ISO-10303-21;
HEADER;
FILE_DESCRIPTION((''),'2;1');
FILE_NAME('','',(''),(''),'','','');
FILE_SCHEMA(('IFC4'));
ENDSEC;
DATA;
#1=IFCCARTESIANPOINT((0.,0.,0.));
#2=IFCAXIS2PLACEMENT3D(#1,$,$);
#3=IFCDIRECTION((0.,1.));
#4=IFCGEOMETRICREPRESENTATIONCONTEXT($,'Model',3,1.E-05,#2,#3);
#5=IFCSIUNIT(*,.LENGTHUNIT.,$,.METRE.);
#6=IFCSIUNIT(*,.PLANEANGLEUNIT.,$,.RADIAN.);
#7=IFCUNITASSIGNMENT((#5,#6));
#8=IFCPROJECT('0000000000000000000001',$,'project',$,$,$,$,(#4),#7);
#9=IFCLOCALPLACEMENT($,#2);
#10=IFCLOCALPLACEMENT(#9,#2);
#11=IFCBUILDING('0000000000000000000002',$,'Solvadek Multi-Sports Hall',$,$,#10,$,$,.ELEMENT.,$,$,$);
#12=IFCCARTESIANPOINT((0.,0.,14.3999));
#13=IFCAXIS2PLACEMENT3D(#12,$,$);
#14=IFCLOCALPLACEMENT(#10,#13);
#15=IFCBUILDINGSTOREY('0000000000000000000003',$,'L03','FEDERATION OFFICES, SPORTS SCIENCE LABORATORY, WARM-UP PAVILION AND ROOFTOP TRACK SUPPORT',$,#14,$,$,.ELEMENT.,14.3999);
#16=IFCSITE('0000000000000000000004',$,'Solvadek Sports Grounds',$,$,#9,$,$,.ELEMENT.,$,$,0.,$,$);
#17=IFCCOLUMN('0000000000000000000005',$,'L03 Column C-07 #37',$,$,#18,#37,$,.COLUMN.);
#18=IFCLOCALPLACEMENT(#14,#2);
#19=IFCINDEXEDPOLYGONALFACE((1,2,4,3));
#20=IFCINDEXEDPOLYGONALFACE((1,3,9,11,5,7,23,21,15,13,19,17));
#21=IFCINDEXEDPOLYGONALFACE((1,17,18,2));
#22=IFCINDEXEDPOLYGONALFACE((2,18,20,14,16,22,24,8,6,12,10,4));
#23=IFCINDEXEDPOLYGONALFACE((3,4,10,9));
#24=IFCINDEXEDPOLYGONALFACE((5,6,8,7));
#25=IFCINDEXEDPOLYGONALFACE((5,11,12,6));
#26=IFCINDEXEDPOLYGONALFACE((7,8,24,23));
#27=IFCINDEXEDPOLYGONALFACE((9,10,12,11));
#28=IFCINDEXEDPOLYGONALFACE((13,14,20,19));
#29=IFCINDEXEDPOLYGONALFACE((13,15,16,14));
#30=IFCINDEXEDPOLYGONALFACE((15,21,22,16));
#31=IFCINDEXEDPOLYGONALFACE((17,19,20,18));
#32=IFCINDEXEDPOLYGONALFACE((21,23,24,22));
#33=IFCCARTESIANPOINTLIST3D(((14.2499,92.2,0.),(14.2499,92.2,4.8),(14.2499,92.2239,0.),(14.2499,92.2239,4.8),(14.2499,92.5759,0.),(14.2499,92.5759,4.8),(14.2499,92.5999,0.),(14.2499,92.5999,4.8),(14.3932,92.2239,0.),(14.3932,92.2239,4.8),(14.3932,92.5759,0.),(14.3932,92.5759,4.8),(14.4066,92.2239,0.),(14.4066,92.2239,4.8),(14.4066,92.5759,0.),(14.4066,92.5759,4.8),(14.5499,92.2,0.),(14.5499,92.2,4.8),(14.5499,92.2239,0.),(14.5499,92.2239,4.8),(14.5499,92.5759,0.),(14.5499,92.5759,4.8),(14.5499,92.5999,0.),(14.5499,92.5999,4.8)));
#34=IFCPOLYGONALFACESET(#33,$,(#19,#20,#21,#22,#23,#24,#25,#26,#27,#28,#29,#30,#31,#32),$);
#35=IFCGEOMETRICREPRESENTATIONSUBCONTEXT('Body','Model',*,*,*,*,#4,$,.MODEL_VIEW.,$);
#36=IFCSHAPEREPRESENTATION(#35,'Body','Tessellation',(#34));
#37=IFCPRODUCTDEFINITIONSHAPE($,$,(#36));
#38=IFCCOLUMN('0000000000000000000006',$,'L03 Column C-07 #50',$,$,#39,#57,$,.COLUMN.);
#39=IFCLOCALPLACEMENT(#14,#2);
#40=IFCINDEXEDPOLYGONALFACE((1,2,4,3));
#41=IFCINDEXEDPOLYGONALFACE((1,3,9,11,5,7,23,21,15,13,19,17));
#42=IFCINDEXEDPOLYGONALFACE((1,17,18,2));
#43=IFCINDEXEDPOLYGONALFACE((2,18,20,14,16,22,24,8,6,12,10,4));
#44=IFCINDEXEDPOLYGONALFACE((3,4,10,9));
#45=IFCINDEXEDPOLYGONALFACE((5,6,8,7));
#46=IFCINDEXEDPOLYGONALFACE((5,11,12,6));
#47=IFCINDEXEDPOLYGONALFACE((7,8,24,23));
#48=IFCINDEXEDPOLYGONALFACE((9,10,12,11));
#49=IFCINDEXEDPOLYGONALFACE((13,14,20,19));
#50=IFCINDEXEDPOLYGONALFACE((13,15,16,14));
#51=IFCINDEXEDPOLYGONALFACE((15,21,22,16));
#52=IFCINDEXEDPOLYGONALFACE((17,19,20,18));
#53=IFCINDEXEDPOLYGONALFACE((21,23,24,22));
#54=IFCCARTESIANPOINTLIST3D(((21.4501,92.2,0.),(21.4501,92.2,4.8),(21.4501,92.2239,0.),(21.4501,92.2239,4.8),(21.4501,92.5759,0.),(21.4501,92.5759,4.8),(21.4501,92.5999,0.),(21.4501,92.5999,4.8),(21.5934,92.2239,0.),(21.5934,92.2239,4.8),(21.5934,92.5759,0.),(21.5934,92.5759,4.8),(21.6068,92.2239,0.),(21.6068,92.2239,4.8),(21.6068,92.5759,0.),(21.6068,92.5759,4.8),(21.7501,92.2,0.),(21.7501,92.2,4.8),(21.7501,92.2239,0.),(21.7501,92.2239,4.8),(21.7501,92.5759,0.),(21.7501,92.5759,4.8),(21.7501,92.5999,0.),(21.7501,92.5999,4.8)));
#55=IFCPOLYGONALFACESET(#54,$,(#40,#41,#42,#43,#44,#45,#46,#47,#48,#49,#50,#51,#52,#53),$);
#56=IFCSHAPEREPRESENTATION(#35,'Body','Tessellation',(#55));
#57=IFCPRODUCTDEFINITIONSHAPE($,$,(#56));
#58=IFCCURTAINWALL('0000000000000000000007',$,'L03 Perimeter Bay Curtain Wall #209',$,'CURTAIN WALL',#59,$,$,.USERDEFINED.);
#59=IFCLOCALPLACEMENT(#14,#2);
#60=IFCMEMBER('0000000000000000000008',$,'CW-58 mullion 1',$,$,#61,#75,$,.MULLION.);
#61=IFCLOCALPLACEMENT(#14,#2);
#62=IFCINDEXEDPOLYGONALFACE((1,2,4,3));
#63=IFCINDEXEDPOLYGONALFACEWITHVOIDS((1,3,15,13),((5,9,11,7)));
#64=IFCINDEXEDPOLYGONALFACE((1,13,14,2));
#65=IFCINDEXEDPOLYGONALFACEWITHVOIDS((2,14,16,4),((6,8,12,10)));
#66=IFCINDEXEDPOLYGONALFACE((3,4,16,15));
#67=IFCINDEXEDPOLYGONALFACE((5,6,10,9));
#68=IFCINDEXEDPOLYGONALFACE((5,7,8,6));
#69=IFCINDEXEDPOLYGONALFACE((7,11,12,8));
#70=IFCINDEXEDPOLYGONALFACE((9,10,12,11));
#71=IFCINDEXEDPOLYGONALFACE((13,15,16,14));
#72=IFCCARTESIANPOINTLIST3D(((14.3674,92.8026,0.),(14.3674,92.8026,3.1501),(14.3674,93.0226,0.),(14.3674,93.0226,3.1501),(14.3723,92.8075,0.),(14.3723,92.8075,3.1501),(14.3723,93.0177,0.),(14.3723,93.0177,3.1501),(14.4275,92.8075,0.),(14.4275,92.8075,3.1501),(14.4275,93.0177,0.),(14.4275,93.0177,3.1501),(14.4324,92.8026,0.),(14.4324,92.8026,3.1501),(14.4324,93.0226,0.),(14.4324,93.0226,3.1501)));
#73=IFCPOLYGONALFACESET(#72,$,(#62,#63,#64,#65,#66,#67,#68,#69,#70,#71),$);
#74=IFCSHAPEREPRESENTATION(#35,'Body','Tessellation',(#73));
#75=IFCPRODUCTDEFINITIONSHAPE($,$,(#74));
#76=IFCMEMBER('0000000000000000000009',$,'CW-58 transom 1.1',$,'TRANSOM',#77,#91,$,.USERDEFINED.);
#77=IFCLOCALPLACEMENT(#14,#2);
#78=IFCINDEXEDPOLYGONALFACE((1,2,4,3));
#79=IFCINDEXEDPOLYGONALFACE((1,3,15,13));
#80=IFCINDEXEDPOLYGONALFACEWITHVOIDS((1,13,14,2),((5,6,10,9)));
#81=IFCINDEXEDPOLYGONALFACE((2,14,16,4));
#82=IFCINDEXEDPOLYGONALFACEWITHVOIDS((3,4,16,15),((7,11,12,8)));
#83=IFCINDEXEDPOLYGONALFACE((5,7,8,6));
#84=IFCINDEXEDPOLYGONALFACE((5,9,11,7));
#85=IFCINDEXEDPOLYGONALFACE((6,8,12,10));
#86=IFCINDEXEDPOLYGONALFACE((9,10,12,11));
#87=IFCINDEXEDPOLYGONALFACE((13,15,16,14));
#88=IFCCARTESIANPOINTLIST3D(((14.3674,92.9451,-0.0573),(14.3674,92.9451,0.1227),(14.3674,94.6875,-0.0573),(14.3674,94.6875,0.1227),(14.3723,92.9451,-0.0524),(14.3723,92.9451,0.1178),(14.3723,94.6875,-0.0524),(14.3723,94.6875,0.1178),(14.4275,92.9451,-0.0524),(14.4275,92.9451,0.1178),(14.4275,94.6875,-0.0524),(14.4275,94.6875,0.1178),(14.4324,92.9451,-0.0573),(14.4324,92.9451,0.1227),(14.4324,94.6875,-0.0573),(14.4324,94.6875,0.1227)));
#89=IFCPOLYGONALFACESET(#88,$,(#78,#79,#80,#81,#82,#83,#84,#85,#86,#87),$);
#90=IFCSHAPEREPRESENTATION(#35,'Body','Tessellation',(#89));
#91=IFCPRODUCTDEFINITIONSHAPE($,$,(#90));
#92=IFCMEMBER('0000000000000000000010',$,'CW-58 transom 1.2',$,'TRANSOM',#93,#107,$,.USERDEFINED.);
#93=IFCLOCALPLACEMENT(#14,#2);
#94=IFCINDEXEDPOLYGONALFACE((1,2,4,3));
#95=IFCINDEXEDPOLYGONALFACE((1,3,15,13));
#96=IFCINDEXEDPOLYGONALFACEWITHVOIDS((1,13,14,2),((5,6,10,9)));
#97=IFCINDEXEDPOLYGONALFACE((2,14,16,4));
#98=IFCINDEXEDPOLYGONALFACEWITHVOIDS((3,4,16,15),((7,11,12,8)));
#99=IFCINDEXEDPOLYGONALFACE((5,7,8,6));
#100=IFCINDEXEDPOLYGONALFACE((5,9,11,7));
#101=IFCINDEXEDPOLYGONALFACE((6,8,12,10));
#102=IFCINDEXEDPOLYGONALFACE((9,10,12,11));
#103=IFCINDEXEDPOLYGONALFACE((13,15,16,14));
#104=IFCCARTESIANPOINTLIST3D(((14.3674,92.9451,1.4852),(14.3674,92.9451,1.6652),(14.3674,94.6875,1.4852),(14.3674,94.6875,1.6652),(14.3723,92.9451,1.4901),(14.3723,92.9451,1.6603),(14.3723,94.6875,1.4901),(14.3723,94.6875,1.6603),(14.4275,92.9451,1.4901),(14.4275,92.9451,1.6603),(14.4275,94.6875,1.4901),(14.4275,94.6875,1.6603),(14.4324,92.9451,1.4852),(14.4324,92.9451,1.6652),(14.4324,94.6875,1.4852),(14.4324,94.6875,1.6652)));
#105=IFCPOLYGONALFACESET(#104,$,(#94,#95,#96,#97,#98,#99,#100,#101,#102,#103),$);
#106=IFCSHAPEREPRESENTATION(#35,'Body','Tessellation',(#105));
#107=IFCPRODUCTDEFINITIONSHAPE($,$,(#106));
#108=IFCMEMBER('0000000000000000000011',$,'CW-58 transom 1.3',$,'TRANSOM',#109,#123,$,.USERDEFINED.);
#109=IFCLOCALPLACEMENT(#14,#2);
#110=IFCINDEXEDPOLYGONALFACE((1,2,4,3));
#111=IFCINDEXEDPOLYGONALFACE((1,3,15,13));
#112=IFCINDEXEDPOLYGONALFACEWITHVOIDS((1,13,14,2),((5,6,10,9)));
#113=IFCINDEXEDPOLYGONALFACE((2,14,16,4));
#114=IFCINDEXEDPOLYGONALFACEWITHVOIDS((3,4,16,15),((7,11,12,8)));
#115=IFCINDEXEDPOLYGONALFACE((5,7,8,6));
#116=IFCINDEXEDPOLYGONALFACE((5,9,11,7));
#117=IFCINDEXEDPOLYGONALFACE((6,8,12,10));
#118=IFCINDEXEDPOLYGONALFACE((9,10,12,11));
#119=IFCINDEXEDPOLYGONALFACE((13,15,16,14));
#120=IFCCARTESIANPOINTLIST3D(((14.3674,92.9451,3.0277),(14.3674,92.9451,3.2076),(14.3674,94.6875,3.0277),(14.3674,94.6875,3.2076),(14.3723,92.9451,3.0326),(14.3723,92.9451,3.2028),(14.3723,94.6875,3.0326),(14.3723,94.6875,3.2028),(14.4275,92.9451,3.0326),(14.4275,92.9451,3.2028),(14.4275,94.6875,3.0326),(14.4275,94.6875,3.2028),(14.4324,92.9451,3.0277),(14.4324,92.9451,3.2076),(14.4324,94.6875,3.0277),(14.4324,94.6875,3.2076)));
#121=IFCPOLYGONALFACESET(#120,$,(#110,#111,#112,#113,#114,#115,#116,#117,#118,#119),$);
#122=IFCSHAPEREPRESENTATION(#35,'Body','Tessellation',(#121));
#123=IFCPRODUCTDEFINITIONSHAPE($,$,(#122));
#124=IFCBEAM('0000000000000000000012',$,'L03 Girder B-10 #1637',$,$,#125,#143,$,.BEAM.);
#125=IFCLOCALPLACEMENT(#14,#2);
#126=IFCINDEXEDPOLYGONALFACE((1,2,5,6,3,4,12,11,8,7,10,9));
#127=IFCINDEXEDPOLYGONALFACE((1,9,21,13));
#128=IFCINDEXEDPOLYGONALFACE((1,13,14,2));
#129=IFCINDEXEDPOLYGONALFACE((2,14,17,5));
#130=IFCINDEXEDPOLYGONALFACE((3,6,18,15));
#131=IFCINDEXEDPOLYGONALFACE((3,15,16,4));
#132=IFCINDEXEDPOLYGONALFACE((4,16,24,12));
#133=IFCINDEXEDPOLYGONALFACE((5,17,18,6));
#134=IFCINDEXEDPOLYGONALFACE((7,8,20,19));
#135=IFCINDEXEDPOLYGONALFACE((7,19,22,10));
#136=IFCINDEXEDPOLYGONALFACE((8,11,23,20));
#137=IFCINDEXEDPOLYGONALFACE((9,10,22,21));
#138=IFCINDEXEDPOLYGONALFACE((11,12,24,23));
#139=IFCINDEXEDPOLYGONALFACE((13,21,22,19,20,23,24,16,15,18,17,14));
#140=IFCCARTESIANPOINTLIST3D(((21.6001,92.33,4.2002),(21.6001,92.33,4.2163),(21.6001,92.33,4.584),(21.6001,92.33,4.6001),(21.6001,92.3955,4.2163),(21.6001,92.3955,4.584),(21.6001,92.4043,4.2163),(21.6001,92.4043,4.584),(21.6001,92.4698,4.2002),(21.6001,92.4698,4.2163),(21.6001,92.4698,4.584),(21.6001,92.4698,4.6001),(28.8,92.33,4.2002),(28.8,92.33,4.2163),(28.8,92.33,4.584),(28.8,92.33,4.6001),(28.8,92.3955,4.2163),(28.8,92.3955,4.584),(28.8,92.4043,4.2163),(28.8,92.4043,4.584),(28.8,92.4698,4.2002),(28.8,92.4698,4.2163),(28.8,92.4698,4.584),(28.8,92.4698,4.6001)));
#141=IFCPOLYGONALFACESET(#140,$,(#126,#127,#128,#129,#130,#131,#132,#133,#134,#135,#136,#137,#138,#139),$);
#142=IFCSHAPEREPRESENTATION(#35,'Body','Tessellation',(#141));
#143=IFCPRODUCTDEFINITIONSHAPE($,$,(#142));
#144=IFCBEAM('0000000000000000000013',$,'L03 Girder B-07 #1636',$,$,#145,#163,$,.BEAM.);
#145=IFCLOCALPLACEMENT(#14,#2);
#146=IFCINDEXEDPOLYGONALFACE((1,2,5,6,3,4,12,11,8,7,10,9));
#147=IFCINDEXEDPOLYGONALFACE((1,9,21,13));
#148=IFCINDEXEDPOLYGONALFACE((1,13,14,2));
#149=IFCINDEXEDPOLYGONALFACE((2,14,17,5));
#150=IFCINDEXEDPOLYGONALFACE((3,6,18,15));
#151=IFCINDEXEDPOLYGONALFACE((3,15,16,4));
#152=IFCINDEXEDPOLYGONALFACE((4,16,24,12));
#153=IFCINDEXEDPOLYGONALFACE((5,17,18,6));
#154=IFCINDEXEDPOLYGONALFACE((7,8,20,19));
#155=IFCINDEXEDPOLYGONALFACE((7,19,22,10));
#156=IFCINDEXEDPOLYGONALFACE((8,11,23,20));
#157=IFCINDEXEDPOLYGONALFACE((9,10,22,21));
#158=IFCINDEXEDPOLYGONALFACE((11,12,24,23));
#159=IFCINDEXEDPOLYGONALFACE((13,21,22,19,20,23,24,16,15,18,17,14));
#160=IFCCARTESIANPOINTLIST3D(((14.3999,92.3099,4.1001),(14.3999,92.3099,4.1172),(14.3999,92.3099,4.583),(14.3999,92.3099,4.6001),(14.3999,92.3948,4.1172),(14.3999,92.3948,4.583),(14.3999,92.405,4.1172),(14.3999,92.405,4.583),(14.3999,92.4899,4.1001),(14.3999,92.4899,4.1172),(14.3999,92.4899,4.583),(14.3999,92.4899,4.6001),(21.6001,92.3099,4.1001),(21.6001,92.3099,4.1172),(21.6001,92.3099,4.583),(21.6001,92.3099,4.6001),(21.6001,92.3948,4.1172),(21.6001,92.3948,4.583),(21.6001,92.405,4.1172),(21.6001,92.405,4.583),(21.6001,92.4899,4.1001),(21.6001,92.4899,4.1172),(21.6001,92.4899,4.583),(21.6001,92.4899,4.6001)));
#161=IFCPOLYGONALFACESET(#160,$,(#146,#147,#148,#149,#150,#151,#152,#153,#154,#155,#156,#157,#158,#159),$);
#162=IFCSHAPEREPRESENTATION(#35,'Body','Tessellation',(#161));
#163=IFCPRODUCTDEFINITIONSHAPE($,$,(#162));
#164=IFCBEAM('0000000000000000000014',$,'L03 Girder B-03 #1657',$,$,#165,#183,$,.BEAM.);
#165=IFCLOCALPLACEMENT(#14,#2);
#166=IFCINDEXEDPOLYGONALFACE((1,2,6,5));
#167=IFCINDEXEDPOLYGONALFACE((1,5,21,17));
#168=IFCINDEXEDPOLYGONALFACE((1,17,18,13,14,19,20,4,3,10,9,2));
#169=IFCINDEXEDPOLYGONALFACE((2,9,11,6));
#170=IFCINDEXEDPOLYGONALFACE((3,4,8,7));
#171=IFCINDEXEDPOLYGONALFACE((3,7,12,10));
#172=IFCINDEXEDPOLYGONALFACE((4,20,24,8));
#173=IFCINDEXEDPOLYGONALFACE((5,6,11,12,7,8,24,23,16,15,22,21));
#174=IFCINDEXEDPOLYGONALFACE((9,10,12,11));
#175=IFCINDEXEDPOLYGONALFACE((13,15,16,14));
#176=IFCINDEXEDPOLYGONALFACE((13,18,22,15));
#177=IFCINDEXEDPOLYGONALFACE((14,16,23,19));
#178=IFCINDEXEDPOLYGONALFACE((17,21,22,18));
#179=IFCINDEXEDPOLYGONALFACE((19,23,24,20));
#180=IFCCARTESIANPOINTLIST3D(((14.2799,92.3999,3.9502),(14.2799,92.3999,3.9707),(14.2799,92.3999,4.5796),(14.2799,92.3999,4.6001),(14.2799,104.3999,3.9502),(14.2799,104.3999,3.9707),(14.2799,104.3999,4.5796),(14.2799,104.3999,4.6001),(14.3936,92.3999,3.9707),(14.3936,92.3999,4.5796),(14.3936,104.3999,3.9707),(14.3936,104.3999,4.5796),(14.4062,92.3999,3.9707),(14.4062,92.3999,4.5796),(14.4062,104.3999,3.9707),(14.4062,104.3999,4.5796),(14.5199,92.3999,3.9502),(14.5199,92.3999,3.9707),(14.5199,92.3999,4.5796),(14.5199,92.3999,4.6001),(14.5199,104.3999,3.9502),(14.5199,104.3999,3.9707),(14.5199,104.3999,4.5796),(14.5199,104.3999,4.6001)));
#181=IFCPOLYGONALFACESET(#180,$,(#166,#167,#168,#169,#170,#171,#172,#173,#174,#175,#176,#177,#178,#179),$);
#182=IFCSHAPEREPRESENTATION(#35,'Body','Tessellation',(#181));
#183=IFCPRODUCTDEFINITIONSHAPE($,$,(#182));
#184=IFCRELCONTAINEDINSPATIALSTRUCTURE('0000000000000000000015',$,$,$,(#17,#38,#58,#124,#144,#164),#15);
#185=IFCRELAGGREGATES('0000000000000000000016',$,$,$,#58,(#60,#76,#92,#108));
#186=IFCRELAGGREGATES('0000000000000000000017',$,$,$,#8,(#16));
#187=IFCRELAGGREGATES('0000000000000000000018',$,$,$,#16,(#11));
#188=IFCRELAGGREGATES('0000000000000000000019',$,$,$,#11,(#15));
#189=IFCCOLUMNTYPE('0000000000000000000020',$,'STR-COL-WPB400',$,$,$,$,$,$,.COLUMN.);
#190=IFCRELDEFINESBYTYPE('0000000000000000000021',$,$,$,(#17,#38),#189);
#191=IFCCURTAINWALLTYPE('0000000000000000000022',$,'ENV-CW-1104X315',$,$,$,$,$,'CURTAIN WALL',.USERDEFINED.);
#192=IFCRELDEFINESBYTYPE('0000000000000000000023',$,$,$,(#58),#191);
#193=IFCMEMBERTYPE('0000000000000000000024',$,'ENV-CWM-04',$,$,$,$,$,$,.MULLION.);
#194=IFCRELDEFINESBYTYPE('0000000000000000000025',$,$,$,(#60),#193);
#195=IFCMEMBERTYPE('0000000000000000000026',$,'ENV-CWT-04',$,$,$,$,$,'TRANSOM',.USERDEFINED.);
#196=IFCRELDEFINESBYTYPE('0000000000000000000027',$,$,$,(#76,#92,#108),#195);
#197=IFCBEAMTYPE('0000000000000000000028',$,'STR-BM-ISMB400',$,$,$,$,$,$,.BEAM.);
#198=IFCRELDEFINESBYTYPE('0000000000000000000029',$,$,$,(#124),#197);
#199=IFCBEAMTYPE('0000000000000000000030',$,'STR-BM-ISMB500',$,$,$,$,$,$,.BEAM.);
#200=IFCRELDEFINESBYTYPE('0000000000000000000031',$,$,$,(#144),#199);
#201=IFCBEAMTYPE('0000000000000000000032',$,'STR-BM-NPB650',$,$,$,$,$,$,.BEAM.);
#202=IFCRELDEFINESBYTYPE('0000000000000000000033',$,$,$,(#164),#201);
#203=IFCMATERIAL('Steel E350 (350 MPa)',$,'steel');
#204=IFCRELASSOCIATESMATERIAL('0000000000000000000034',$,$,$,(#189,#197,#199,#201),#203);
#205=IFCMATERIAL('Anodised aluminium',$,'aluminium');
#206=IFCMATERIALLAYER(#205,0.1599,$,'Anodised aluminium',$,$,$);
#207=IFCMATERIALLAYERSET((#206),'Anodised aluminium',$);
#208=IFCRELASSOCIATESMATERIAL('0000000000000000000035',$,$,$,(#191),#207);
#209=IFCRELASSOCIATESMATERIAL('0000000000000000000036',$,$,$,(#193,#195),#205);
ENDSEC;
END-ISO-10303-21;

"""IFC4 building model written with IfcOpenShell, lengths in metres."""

from ifc_helpers import new_model, si_unit, direction, frame, origin, origin_2d, place, context, subcontext, project, spatial, hollow_rectangle, i_section, extrude, material, layer, layer_set, material_profile, profile_set, type_object, element, aggregate, save


model = new_model("IFC4")

# Units and contexts
model_context = context("Model", 3, precision=1e-05, world=origin(), true_north=direction((0.0, 1.0)))
body_context = subcontext(model_context, "Body", "Model", "MODEL_VIEW")
ifc_project = project(units=[si_unit("LENGTHUNIT", "METRE"), si_unit("PLANEANGLEUNIT", "RADIAN")], contexts=[model_context])

# Site, building, storey
site_placement = place(None, origin())
site = spatial("IfcSite", under=ifc_project, at=site_placement, Name="Solvadek Sports Grounds", CompositionType="ELEMENT", RefElevation=0.0)
building_placement = place(site_placement, origin())
building = spatial("IfcBuilding", under=site, at=building_placement, Name="Solvadek Multi-Sports Hall", CompositionType="ELEMENT")
storey_placement = place(building_placement, frame((0.0, 0.0, 14.3999)))
storey = spatial("IfcBuildingStorey", under=building, at=storey_placement, Name="L03", Description="FEDERATION OFFICES, SPORTS SCIENCE LABORATORY, WARM-UP PAVILION AND ROOFTOP TRACK SUPPORT", CompositionType="ELEMENT", Elevation=14.3999)

# Columns
ifc_material_1 = material(Name="Steel E350 (350 MPa)", Category="steel")
ifc_material_profile_1 = material_profile(ifc_material_1, i_section(OverallWidth=0.3, OverallDepth=0.3999, WebThickness=0.0134, FlangeThickness=0.0239, at=origin_2d()), Name="WPB 400")
ifc_profile_set_1 = profile_set([ifc_material_profile_1], Name="Steel E350 (350 MPa)")
column_type = type_object("IfcColumnType", Name="STR-COL-WPB400", PredefinedType="COLUMN", material=ifc_profile_set_1)
for number, where, z_axis, x_axis, name in (
    (1, (14.3999, 92.3999, 0.0), (0.0, 0.0, 1.0), (1.0, 0.0, 0.0), "L03 Column C-07 #37"),
    (2, (21.6001, 92.3999, 0.0), (0.0, 0.0, 1.0), (1.0, 0.0, 0.0), "L03 Column C-07 #50"),
):
    element("IfcColumn", number, at=place(storey_placement, frame(where, z_axis=z_axis, x_axis=x_axis)), inside=storey, type_object=column_type, Name=name, PredefinedType="COLUMN", context=body_context, shape_type="SweptSolid", body=[
        extrude(i_section(OverallWidth=0.3, OverallDepth=0.3999, WebThickness=0.0134, FlangeThickness=0.0239, at=origin_2d()), origin(), (0.0, 0.0, 1.0), 4.8),
    ])

# Curtain wall, members
ifc_material_2 = material(Name="Anodised aluminium", Category="aluminium")
ifc_layer_1 = layer(ifc_material_2, 0.1599, Name="Anodised aluminium")
ifc_layer_set_1 = layer_set([ifc_layer_1], Name="Anodised aluminium")
curtain_wall_type = type_object("IfcCurtainWallType", Name="ENV-CW-1104X315", ElementType="CURTAIN WALL", PredefinedType="USERDEFINED", material=ifc_layer_set_1)
curtain_wall_placement = place(storey_placement, origin())
curtain_wall = element("IfcCurtainWall", 3, at=curtain_wall_placement, inside=storey, type_object=curtain_wall_type, Name="L03 Perimeter Bay Curtain Wall #209", ObjectType="CURTAIN WALL", PredefinedType="USERDEFINED")
ifc_material_profile_2 = material_profile(ifc_material_2, hollow_rectangle(XDim=0.0649, YDim=0.22, WallThickness=0.0049, at=origin_2d()), Name="ALU-M 220x65x5")
ifc_profile_set_2 = profile_set([ifc_material_profile_2], Name="Anodised aluminium")
member_type_1 = type_object("IfcMemberType", Name="ENV-CWM-04", PredefinedType="MULLION", material=ifc_profile_set_2)
member_1_placement = place(storey_placement, frame((14.3999, 92.9126, 0.0), z_axis=(0.0, 0.0, 1.0), x_axis=(-1.0, 0.0, 0.0)))
member_1 = element("IfcMember", 4, at=member_1_placement, type_object=member_type_1, Name="CW-58 mullion 1", PredefinedType="MULLION", context=body_context, shape_type="SweptSolid", body=[
    extrude(hollow_rectangle(XDim=0.0649, YDim=0.22, WallThickness=0.0049, at=origin_2d()), origin(), (0.0, 0.0, 1.0), 3.1501),
])
ifc_material_profile_3 = material_profile(ifc_material_2, hollow_rectangle(XDim=0.0649, YDim=0.1799, WallThickness=0.0049, at=origin_2d()), Name="ALU-T 180x65x5")
ifc_profile_set_3 = profile_set([ifc_material_profile_3], Name="Anodised aluminium")
member_type_2 = type_object("IfcMemberType", Name="ENV-CWT-04", ElementType="TRANSOM", PredefinedType="USERDEFINED", material=ifc_profile_set_3)
member_2_placement = place(storey_placement, frame((14.3999, 92.9451, 0.0327), z_axis=(0.0, 1.0, 0.0), x_axis=(-1.0, 0.0, 0.0)))
member_2 = element("IfcMember", 5, at=member_2_placement, type_object=member_type_2, Name="CW-58 transom 1.1", ObjectType="TRANSOM", PredefinedType="USERDEFINED", context=body_context, shape_type="SweptSolid", body=[
    extrude(hollow_rectangle(XDim=0.0649, YDim=0.1799, WallThickness=0.0049, at=origin_2d()), origin(), (0.0, 0.0, 1.0), 1.7424),
])
member_3_placement = place(storey_placement, frame((14.3999, 92.9451, 1.5752), z_axis=(0.0, 1.0, 0.0), x_axis=(-1.0, 0.0, 0.0)))
member_3 = element("IfcMember", 6, at=member_3_placement, type_object=member_type_2, Name="CW-58 transom 1.2", ObjectType="TRANSOM", PredefinedType="USERDEFINED", context=body_context, shape_type="SweptSolid", body=[
    extrude(hollow_rectangle(XDim=0.0649, YDim=0.1799, WallThickness=0.0049, at=origin_2d()), origin(), (0.0, 0.0, 1.0), 1.7424),
])
member_4_placement = place(storey_placement, frame((14.3999, 92.9451, 3.1177), z_axis=(0.0, 1.0, 0.0), x_axis=(-1.0, 0.0, 0.0)))
member_4 = element("IfcMember", 7, at=member_4_placement, type_object=member_type_2, Name="CW-58 transom 1.3", ObjectType="TRANSOM", PredefinedType="USERDEFINED", context=body_context, shape_type="SweptSolid", body=[
    extrude(hollow_rectangle(XDim=0.0649, YDim=0.1799, WallThickness=0.0049, at=origin_2d()), origin(), (0.0, 0.0, 1.0), 1.7424),
])

# Beams
ifc_material_profile_4 = material_profile(ifc_material_1, i_section(OverallWidth=0.1399, OverallDepth=0.3999, WebThickness=0.0088, FlangeThickness=0.0161, at=origin_2d()), Name="ISMB 400")
ifc_profile_set_4 = profile_set([ifc_material_profile_4], Name="Steel E350 (350 MPa)")
beam_type_1 = type_object("IfcBeamType", Name="STR-BM-ISMB400", PredefinedType="BEAM", material=ifc_profile_set_4)
beam_1_placement = place(storey_placement, frame((21.6001, 92.3999, 4.4001), z_axis=(1.0, 0.0, 0.0), x_axis=(0.0, 1.0, 0.0)))
element("IfcBeam", 8, at=beam_1_placement, inside=storey, type_object=beam_type_1, Name="L03 Girder B-10 #1637", PredefinedType="BEAM", context=body_context, shape_type="SweptSolid", body=[
    extrude(i_section(OverallWidth=0.1399, OverallDepth=0.3999, WebThickness=0.0088, FlangeThickness=0.0161, at=origin_2d()), origin(), (0.0, 0.0, 1.0), 7.2),
])
ifc_material_profile_5 = material_profile(ifc_material_1, i_section(OverallWidth=0.1799, OverallDepth=0.5, WebThickness=0.0103, FlangeThickness=0.0171, at=origin_2d()), Name="ISMB 500")
ifc_profile_set_5 = profile_set([ifc_material_profile_5], Name="Steel E350 (350 MPa)")
beam_type_2 = type_object("IfcBeamType", Name="STR-BM-ISMB500", PredefinedType="BEAM", material=ifc_profile_set_5)
beam_2_placement = place(storey_placement, frame((14.3999, 92.3999, 4.3501), z_axis=(1.0, 0.0, 0.0), x_axis=(0.0, 1.0, 0.0)))
element("IfcBeam", 9, at=beam_2_placement, inside=storey, type_object=beam_type_2, Name="L03 Girder B-07 #1636", PredefinedType="BEAM", context=body_context, shape_type="SweptSolid", body=[
    extrude(i_section(OverallWidth=0.1799, OverallDepth=0.5, WebThickness=0.0103, FlangeThickness=0.0171, at=origin_2d()), origin(), (0.0, 0.0, 1.0), 7.2002),
])
ifc_material_profile_6 = material_profile(ifc_material_1, i_section(OverallWidth=0.24, OverallDepth=0.6499, WebThickness=0.0127, FlangeThickness=0.0205, at=origin_2d()), Name="NPB 650")
ifc_profile_set_6 = profile_set([ifc_material_profile_6], Name="Steel E350 (350 MPa)")
beam_type_3 = type_object("IfcBeamType", Name="STR-BM-NPB650", PredefinedType="BEAM", material=ifc_profile_set_6)
for number, where, z_axis, x_axis, name in (
    (10, (14.3999, 92.3999, 4.2751), (0.0, 1.0, 0.0), (-1.0, 0.0, 0.0), "L03 Girder B-03 #1657"),
):
    element("IfcBeam", number, at=place(storey_placement, frame(where, z_axis=z_axis, x_axis=x_axis)), inside=storey, type_object=beam_type_3, Name=name, PredefinedType="BEAM", context=body_context, shape_type="SweptSolid", body=[
        extrude(i_section(OverallWidth=0.24, OverallDepth=0.6499, WebThickness=0.0127, FlangeThickness=0.0205, at=origin_2d()), origin(), (0.0, 0.0, 1.0), 12.0),
    ])

aggregate(curtain_wall, [member_1, member_2, member_3, member_4])

save(model, "model.ifc")
